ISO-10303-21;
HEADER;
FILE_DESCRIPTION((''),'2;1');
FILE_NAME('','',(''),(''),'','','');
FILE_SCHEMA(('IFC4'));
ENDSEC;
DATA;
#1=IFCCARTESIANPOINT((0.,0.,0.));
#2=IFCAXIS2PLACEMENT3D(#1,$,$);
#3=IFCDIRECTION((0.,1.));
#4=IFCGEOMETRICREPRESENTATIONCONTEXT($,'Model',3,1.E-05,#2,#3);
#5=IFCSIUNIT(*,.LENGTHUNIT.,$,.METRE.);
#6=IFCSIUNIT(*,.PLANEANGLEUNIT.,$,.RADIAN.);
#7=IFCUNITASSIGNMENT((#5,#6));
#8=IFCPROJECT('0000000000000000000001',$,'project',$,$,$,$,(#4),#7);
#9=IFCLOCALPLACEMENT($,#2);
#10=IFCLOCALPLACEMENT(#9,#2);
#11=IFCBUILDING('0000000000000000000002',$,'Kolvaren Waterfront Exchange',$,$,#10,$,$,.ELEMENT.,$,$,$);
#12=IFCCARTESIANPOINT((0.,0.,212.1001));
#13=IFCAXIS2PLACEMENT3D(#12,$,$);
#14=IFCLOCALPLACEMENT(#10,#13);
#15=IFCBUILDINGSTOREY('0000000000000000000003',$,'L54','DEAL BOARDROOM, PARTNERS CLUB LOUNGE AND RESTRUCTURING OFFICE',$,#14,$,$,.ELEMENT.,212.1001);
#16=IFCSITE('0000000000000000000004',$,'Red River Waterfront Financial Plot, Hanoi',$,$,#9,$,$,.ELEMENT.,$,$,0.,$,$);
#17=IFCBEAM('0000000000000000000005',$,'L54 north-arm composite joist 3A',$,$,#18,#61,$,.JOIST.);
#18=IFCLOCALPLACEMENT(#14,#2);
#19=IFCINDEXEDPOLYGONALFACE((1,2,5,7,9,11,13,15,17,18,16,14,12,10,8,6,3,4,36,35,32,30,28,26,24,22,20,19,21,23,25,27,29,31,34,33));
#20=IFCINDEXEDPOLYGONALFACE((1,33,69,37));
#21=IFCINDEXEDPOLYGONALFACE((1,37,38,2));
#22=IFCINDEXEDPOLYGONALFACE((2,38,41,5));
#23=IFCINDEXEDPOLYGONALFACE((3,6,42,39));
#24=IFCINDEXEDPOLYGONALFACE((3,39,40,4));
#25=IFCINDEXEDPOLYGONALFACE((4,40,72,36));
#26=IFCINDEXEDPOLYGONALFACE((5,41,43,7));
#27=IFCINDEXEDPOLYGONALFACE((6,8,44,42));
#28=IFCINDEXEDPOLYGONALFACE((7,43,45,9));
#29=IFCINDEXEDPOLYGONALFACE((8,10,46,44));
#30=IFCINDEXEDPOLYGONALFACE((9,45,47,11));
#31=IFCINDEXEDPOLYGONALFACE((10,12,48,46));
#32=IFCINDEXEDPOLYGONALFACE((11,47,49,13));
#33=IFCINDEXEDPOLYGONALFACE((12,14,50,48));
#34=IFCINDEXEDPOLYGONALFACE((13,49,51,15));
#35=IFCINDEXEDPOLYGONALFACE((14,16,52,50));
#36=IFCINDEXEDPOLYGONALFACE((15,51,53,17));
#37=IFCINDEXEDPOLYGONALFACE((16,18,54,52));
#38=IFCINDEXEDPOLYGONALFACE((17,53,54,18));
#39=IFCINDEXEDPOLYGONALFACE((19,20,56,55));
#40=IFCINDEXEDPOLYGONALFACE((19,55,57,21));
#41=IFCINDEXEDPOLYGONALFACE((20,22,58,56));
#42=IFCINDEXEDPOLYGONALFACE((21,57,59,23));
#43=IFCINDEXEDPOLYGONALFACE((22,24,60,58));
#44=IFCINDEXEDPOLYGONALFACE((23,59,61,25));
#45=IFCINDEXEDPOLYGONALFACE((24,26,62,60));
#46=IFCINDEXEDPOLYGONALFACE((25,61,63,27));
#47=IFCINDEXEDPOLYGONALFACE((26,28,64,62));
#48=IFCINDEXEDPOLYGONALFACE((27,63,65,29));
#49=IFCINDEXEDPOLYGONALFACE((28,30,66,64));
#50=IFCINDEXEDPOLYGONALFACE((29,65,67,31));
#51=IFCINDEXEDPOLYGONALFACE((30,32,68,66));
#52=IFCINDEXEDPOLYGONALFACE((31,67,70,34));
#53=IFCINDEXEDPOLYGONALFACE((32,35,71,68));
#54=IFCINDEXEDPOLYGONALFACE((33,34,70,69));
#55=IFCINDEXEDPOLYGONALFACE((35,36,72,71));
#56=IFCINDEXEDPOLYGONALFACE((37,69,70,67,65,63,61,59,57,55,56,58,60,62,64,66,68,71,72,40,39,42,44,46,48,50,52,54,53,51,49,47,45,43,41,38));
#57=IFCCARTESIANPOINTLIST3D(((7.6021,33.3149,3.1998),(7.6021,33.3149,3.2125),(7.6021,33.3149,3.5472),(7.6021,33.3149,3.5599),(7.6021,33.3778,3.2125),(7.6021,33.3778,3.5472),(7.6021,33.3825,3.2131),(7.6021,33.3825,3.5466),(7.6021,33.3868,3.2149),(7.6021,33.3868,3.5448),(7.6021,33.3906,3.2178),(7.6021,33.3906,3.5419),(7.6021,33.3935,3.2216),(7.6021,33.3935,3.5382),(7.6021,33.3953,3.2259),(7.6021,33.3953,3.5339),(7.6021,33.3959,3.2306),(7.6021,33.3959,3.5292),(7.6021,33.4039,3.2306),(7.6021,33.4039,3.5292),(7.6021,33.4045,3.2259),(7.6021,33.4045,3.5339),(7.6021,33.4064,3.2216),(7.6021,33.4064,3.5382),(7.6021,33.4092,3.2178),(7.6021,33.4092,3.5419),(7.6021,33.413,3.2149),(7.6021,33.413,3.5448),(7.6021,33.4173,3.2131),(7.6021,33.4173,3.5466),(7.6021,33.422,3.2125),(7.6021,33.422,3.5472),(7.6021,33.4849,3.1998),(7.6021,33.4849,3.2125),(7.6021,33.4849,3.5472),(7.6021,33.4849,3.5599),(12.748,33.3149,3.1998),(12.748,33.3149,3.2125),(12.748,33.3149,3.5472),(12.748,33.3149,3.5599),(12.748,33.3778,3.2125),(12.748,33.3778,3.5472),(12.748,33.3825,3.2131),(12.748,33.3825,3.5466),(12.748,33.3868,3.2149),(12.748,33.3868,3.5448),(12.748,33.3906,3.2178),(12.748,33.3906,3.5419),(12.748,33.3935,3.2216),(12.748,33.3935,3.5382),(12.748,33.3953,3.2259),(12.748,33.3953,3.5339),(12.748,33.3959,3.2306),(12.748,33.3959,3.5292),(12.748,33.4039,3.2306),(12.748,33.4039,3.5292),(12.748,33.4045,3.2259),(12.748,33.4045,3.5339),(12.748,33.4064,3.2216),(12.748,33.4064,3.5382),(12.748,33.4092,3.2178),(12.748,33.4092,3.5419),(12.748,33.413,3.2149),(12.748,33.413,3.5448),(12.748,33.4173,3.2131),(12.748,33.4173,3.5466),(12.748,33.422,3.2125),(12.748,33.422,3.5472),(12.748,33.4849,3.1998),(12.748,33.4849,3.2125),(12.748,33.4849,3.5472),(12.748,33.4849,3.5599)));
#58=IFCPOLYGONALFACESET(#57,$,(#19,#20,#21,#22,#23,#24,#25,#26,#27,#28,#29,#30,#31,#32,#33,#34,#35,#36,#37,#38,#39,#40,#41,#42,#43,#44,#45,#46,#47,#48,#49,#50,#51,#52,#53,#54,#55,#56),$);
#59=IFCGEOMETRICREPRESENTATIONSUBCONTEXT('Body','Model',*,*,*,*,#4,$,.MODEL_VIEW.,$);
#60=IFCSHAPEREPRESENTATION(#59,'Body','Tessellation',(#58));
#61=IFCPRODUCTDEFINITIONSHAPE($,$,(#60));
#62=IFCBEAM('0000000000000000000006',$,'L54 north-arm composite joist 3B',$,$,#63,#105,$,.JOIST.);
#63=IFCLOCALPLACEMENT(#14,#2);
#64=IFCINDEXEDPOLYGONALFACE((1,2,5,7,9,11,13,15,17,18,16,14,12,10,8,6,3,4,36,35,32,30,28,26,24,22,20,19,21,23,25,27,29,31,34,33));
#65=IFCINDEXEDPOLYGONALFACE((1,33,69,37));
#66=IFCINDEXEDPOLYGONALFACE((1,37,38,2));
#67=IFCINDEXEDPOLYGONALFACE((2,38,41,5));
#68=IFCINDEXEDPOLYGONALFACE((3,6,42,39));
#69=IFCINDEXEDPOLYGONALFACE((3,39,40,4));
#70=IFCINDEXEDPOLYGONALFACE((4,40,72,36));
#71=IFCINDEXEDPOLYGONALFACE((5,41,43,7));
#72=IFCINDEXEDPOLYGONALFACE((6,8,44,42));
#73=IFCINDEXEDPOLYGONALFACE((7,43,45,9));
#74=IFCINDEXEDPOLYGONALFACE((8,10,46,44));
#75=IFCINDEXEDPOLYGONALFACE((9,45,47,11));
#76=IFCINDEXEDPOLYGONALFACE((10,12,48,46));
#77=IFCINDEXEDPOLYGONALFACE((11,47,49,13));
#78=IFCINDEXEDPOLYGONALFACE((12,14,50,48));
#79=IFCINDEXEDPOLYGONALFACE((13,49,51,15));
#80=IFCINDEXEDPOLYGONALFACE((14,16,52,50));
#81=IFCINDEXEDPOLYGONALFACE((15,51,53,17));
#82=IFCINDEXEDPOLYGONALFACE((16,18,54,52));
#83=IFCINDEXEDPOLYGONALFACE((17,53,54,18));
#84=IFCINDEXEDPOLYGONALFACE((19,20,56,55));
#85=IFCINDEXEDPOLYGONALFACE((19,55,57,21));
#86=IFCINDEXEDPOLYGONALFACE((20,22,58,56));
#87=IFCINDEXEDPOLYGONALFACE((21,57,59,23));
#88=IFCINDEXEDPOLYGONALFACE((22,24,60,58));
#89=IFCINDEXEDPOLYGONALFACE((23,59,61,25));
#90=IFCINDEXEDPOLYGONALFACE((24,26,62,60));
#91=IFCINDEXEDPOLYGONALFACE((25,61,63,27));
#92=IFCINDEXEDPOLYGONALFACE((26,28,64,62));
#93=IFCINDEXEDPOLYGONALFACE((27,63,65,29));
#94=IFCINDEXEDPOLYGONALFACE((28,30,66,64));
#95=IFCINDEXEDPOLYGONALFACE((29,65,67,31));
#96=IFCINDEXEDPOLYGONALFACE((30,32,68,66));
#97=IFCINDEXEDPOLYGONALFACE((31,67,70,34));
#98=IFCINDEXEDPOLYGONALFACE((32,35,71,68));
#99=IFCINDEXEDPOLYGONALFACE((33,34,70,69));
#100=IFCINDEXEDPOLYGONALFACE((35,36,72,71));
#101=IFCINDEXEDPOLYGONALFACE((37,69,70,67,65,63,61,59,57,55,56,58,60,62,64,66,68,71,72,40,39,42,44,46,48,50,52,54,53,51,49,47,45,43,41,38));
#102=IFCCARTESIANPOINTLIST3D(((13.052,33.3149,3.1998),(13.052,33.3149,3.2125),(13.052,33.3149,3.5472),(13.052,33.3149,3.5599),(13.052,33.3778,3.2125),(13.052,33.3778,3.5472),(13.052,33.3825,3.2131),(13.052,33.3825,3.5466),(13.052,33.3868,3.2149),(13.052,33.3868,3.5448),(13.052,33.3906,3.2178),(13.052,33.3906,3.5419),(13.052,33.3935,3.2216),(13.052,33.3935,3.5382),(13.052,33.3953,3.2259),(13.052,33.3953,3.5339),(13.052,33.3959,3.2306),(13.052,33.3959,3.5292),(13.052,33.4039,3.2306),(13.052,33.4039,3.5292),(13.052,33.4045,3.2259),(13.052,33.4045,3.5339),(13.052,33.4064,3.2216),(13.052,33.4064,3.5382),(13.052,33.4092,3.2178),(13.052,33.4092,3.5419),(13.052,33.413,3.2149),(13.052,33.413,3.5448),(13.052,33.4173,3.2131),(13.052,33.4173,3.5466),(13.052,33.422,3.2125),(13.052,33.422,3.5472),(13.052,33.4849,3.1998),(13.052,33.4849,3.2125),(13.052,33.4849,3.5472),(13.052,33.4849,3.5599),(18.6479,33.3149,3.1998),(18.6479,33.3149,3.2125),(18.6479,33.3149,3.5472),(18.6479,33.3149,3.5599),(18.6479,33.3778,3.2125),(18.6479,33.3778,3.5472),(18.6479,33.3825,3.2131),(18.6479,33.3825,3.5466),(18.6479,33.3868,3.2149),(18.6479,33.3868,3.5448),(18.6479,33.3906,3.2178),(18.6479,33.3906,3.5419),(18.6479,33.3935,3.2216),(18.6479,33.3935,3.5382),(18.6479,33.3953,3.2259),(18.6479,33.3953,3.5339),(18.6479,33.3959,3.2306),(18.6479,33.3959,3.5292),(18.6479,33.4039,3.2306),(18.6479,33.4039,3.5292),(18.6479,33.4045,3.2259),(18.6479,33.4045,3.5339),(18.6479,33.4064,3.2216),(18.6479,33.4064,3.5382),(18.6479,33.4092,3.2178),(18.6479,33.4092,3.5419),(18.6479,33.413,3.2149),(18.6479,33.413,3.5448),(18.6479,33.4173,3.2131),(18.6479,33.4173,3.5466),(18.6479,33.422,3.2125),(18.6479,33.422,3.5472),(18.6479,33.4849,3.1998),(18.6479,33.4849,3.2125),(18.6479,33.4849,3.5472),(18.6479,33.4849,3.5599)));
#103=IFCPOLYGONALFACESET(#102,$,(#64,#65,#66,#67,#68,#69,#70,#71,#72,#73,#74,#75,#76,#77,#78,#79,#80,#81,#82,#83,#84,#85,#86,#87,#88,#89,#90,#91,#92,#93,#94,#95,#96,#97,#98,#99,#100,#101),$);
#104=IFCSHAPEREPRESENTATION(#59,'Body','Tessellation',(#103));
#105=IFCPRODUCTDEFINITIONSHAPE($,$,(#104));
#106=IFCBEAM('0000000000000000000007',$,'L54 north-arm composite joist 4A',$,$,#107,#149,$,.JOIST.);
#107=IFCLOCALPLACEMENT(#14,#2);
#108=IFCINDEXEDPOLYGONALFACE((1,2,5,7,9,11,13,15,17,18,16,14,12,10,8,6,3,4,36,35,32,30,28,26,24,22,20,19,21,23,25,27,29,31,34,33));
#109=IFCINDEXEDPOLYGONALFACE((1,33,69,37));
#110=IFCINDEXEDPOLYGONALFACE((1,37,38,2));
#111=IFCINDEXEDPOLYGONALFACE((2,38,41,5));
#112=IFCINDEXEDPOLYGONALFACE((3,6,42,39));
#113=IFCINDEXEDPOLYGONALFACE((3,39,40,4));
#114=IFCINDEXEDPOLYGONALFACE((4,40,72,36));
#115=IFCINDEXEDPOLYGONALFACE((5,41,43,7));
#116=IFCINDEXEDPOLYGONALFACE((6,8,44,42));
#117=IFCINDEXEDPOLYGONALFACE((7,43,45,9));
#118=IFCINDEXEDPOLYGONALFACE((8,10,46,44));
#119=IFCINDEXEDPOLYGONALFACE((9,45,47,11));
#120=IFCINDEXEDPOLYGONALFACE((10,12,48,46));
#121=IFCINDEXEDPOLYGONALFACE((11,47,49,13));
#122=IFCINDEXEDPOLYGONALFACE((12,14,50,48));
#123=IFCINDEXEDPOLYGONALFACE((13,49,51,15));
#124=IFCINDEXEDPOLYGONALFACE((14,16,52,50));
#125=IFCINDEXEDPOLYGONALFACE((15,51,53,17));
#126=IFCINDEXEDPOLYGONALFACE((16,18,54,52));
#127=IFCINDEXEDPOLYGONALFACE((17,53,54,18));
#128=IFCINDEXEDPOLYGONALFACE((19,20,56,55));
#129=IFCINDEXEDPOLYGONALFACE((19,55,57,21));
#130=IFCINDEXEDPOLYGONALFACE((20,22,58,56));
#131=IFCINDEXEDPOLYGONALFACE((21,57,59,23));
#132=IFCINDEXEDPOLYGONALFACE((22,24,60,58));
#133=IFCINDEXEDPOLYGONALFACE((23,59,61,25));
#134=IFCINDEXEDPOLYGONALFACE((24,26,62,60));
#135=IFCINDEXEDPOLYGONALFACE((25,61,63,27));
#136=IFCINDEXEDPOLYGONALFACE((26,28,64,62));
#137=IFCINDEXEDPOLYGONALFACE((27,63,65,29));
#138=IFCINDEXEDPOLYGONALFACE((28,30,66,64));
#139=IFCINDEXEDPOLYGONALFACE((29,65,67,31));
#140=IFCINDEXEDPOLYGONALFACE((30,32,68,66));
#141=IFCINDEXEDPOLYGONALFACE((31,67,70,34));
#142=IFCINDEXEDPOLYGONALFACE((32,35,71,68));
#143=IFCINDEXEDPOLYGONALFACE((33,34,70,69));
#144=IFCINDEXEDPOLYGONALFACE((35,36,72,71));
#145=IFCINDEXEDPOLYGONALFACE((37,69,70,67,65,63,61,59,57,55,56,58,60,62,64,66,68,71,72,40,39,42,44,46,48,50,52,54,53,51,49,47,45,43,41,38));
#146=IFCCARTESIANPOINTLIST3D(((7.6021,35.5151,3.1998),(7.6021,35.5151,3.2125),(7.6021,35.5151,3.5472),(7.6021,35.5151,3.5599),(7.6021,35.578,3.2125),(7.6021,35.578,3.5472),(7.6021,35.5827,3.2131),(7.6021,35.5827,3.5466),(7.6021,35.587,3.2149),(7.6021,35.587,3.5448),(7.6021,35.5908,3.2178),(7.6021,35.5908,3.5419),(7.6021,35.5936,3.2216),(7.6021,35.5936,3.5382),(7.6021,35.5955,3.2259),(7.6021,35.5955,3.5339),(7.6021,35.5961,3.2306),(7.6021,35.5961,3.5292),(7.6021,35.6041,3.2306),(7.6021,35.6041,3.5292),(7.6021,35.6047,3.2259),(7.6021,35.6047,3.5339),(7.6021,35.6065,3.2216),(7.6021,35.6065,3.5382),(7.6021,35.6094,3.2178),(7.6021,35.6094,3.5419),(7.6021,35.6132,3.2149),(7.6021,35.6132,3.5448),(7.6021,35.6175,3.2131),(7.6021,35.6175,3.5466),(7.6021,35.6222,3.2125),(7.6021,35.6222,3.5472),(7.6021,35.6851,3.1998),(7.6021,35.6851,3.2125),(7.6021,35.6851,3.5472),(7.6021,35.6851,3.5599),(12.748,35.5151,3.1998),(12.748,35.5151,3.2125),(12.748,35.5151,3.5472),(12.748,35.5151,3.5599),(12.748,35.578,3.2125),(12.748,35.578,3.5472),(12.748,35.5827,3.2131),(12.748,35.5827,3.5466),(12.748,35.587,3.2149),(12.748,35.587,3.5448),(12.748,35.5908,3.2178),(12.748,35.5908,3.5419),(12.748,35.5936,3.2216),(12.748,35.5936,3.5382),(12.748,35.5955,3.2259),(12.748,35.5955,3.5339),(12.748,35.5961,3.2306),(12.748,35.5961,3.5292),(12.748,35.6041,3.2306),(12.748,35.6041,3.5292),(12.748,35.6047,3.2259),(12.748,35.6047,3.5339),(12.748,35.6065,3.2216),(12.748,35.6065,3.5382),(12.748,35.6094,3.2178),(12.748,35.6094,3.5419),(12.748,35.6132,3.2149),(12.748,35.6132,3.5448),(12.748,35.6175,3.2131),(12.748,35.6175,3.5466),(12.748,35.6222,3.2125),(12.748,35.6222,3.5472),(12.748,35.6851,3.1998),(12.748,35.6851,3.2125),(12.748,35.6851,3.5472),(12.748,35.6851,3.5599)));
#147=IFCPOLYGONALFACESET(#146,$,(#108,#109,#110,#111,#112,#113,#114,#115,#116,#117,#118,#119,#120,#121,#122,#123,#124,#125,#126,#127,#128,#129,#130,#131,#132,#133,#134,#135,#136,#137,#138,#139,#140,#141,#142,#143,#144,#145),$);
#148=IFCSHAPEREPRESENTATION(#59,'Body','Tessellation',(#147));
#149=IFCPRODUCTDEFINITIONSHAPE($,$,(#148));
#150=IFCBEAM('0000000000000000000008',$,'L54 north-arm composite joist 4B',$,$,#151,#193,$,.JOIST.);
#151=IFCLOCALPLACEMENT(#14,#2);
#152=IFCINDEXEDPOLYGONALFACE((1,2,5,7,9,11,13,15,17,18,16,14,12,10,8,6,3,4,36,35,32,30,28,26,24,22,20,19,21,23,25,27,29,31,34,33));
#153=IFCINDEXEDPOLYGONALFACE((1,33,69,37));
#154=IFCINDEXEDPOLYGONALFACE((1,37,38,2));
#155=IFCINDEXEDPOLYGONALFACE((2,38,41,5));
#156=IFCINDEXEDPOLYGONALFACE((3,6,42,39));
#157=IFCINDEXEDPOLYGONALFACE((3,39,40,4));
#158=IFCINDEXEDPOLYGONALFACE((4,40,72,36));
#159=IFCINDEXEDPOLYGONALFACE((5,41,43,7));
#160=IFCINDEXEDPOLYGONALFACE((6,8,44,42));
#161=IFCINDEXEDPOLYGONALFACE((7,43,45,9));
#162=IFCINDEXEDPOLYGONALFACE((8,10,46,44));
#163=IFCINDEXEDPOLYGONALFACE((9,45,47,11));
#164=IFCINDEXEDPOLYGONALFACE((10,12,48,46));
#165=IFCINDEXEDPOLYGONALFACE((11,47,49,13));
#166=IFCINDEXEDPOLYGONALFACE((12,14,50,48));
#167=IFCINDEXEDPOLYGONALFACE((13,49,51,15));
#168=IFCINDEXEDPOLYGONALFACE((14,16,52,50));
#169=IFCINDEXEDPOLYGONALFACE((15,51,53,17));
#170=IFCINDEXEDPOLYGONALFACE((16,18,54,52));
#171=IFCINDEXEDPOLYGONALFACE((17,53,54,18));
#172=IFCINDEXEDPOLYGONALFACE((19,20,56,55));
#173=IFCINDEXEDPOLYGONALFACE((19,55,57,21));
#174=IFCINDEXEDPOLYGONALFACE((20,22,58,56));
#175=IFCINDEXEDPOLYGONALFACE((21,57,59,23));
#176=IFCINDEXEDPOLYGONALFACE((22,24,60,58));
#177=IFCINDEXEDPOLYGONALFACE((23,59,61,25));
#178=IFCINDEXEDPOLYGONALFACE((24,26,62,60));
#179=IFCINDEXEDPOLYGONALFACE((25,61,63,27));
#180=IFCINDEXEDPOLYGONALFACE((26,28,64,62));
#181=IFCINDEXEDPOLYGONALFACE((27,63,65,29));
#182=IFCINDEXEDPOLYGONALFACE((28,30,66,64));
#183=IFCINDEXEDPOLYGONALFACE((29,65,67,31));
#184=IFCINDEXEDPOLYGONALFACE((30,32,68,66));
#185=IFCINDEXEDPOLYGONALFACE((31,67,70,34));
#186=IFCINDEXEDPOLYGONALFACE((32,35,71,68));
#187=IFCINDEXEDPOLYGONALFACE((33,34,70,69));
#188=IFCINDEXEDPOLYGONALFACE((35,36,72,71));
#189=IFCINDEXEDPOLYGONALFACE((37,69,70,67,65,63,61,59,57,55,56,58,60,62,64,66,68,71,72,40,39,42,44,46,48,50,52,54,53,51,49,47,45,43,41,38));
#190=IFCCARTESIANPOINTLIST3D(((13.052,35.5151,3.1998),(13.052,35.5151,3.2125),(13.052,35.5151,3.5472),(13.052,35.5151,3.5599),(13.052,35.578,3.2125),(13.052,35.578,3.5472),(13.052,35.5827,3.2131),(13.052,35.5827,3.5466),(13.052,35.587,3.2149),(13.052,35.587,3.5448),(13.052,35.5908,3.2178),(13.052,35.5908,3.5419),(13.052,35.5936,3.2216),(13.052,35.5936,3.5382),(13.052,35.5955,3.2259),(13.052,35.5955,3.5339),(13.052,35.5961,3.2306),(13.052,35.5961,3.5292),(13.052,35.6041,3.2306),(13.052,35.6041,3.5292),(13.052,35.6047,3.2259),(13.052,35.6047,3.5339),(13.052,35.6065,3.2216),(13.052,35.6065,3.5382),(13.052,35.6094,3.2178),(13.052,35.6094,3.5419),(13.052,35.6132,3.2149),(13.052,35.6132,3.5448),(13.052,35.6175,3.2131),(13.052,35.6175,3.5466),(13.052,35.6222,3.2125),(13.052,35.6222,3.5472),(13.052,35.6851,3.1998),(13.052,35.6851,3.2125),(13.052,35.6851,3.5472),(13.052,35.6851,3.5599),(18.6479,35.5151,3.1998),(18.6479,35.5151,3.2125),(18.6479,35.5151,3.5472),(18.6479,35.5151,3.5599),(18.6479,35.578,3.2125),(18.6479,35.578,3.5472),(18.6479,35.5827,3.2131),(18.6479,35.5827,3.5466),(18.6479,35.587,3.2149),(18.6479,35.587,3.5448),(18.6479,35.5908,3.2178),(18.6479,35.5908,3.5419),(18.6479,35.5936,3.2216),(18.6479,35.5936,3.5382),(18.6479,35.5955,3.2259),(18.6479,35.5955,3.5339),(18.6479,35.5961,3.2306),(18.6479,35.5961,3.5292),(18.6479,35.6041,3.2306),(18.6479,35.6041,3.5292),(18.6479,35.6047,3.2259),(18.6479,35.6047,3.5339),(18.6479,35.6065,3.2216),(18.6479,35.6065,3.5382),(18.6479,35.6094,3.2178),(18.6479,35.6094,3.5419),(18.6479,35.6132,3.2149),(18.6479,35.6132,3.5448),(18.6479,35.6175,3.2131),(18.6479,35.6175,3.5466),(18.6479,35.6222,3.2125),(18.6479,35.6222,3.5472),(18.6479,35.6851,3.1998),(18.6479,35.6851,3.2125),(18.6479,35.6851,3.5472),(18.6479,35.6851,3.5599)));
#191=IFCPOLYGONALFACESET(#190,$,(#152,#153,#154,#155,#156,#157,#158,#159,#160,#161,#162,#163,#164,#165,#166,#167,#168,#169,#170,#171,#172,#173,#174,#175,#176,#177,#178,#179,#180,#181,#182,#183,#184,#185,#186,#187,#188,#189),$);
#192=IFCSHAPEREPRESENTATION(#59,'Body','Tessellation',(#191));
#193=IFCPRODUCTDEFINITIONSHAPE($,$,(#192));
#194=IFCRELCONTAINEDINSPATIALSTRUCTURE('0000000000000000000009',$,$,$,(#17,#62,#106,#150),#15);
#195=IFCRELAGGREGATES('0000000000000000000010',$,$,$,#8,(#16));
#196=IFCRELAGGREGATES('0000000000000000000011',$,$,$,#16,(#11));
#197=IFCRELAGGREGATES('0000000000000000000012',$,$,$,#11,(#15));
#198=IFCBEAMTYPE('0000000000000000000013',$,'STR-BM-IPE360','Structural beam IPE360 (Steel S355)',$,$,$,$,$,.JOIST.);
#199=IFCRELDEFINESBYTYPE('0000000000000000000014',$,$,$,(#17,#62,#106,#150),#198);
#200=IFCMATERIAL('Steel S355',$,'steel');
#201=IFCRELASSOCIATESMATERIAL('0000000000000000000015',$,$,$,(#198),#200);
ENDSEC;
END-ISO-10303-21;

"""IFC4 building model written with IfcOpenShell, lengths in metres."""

from ifc_helpers import new_model, si_unit, direction, frame, origin, origin_2d, place, context, subcontext, project, spatial, i_section, extrude, material, material_profile, profile_set, type_object, element, save


model = new_model("IFC4")

# Units and contexts
model_context = context("Model", 3, precision=1e-05, world=origin(), true_north=direction((0.0, 1.0)))
body_context = subcontext(model_context, "Body", "Model", "MODEL_VIEW")
ifc_project = project(units=[si_unit("LENGTHUNIT", "METRE"), si_unit("PLANEANGLEUNIT", "RADIAN")], contexts=[model_context])

# Site, building, storey
site_placement = place(None, origin())
site = spatial("IfcSite", under=ifc_project, at=site_placement, Name="Red River Waterfront Financial Plot, Hanoi", CompositionType="ELEMENT", RefElevation=0.0)
building_placement = place(site_placement, origin())
building = spatial("IfcBuilding", under=site, at=building_placement, Name="Kolvaren Waterfront Exchange", CompositionType="ELEMENT")
storey_placement = place(building_placement, frame((0.0, 0.0, 212.1001)))
storey = spatial("IfcBuildingStorey", under=building, at=storey_placement, Name="L54", Description="DEAL BOARDROOM, PARTNERS CLUB LOUNGE AND RESTRUCTURING OFFICE", CompositionType="ELEMENT", Elevation=212.1001)

# Beams
ifc_material_1 = material(Name="Steel S355", Category="steel")
ifc_material_profile_1 = material_profile(ifc_material_1, i_section(OverallWidth=0.1699, OverallDepth=0.3601, WebThickness=0.0081, FlangeThickness=0.0127, FilletRadius=0.0181, at=origin_2d()), Name="IPE360")
ifc_profile_set_1 = profile_set([ifc_material_profile_1], Name="Steel S355")
beam_type_1 = type_object("IfcBeamType", Name="STR-BM-IPE360", Description="Structural beam IPE360 (Steel S355)", PredefinedType="JOIST", material=ifc_profile_set_1)
beam_1_placement = place(storey_placement, frame((7.6021, 33.3999, 3.3799), z_axis=(1.0, 0.0, 0.0), x_axis=(0.0, 1.0, 0.0)))
element("IfcBeam", 1, at=beam_1_placement, inside=storey, type_object=beam_type_1, Name="L54 north-arm composite joist 3A", PredefinedType="JOIST", context=body_context, shape_type="SweptSolid", body=[
    extrude(i_section(OverallWidth=0.1699, OverallDepth=0.3601, WebThickness=0.0081, FlangeThickness=0.0127, FilletRadius=0.0181, at=origin_2d()), origin(), (0.0, 0.0, 1.0), 5.146),
])
beam_2_placement = place(storey_placement, frame((13.052, 33.3999, 3.3799), z_axis=(1.0, 0.0, 0.0), x_axis=(0.0, 1.0, 0.0)))
element("IfcBeam", 2, at=beam_2_placement, inside=storey, type_object=beam_type_1, Name="L54 north-arm composite joist 3B", PredefinedType="JOIST", context=body_context, shape_type="SweptSolid", body=[
    extrude(i_section(OverallWidth=0.1699, OverallDepth=0.3601, WebThickness=0.0081, FlangeThickness=0.0127, FilletRadius=0.0181, at=origin_2d()), origin(), (0.0, 0.0, 1.0), 5.5959),
])
beam_3_placement = place(storey_placement, frame((7.6021, 35.6001, 3.3799), z_axis=(1.0, 0.0, 0.0), x_axis=(0.0, 1.0, 0.0)))
element("IfcBeam", 3, at=beam_3_placement, inside=storey, type_object=beam_type_1, Name="L54 north-arm composite joist 4A", PredefinedType="JOIST", context=body_context, shape_type="SweptSolid", body=[
    extrude(i_section(OverallWidth=0.1699, OverallDepth=0.3601, WebThickness=0.0081, FlangeThickness=0.0127, FilletRadius=0.0181, at=origin_2d()), origin(), (0.0, 0.0, 1.0), 5.146),
])
beam_4_placement = place(storey_placement, frame((13.052, 35.6001, 3.3799), z_axis=(1.0, 0.0, 0.0), x_axis=(0.0, 1.0, 0.0)))
element("IfcBeam", 4, at=beam_4_placement, inside=storey, type_object=beam_type_1, Name="L54 north-arm composite joist 4B", PredefinedType="JOIST", context=body_context, shape_type="SweptSolid", body=[
    extrude(i_section(OverallWidth=0.1699, OverallDepth=0.3601, WebThickness=0.0081, FlangeThickness=0.0127, FilletRadius=0.0181, at=origin_2d()), origin(), (0.0, 0.0, 1.0), 5.5959),
])

save(model, "model.ifc")
